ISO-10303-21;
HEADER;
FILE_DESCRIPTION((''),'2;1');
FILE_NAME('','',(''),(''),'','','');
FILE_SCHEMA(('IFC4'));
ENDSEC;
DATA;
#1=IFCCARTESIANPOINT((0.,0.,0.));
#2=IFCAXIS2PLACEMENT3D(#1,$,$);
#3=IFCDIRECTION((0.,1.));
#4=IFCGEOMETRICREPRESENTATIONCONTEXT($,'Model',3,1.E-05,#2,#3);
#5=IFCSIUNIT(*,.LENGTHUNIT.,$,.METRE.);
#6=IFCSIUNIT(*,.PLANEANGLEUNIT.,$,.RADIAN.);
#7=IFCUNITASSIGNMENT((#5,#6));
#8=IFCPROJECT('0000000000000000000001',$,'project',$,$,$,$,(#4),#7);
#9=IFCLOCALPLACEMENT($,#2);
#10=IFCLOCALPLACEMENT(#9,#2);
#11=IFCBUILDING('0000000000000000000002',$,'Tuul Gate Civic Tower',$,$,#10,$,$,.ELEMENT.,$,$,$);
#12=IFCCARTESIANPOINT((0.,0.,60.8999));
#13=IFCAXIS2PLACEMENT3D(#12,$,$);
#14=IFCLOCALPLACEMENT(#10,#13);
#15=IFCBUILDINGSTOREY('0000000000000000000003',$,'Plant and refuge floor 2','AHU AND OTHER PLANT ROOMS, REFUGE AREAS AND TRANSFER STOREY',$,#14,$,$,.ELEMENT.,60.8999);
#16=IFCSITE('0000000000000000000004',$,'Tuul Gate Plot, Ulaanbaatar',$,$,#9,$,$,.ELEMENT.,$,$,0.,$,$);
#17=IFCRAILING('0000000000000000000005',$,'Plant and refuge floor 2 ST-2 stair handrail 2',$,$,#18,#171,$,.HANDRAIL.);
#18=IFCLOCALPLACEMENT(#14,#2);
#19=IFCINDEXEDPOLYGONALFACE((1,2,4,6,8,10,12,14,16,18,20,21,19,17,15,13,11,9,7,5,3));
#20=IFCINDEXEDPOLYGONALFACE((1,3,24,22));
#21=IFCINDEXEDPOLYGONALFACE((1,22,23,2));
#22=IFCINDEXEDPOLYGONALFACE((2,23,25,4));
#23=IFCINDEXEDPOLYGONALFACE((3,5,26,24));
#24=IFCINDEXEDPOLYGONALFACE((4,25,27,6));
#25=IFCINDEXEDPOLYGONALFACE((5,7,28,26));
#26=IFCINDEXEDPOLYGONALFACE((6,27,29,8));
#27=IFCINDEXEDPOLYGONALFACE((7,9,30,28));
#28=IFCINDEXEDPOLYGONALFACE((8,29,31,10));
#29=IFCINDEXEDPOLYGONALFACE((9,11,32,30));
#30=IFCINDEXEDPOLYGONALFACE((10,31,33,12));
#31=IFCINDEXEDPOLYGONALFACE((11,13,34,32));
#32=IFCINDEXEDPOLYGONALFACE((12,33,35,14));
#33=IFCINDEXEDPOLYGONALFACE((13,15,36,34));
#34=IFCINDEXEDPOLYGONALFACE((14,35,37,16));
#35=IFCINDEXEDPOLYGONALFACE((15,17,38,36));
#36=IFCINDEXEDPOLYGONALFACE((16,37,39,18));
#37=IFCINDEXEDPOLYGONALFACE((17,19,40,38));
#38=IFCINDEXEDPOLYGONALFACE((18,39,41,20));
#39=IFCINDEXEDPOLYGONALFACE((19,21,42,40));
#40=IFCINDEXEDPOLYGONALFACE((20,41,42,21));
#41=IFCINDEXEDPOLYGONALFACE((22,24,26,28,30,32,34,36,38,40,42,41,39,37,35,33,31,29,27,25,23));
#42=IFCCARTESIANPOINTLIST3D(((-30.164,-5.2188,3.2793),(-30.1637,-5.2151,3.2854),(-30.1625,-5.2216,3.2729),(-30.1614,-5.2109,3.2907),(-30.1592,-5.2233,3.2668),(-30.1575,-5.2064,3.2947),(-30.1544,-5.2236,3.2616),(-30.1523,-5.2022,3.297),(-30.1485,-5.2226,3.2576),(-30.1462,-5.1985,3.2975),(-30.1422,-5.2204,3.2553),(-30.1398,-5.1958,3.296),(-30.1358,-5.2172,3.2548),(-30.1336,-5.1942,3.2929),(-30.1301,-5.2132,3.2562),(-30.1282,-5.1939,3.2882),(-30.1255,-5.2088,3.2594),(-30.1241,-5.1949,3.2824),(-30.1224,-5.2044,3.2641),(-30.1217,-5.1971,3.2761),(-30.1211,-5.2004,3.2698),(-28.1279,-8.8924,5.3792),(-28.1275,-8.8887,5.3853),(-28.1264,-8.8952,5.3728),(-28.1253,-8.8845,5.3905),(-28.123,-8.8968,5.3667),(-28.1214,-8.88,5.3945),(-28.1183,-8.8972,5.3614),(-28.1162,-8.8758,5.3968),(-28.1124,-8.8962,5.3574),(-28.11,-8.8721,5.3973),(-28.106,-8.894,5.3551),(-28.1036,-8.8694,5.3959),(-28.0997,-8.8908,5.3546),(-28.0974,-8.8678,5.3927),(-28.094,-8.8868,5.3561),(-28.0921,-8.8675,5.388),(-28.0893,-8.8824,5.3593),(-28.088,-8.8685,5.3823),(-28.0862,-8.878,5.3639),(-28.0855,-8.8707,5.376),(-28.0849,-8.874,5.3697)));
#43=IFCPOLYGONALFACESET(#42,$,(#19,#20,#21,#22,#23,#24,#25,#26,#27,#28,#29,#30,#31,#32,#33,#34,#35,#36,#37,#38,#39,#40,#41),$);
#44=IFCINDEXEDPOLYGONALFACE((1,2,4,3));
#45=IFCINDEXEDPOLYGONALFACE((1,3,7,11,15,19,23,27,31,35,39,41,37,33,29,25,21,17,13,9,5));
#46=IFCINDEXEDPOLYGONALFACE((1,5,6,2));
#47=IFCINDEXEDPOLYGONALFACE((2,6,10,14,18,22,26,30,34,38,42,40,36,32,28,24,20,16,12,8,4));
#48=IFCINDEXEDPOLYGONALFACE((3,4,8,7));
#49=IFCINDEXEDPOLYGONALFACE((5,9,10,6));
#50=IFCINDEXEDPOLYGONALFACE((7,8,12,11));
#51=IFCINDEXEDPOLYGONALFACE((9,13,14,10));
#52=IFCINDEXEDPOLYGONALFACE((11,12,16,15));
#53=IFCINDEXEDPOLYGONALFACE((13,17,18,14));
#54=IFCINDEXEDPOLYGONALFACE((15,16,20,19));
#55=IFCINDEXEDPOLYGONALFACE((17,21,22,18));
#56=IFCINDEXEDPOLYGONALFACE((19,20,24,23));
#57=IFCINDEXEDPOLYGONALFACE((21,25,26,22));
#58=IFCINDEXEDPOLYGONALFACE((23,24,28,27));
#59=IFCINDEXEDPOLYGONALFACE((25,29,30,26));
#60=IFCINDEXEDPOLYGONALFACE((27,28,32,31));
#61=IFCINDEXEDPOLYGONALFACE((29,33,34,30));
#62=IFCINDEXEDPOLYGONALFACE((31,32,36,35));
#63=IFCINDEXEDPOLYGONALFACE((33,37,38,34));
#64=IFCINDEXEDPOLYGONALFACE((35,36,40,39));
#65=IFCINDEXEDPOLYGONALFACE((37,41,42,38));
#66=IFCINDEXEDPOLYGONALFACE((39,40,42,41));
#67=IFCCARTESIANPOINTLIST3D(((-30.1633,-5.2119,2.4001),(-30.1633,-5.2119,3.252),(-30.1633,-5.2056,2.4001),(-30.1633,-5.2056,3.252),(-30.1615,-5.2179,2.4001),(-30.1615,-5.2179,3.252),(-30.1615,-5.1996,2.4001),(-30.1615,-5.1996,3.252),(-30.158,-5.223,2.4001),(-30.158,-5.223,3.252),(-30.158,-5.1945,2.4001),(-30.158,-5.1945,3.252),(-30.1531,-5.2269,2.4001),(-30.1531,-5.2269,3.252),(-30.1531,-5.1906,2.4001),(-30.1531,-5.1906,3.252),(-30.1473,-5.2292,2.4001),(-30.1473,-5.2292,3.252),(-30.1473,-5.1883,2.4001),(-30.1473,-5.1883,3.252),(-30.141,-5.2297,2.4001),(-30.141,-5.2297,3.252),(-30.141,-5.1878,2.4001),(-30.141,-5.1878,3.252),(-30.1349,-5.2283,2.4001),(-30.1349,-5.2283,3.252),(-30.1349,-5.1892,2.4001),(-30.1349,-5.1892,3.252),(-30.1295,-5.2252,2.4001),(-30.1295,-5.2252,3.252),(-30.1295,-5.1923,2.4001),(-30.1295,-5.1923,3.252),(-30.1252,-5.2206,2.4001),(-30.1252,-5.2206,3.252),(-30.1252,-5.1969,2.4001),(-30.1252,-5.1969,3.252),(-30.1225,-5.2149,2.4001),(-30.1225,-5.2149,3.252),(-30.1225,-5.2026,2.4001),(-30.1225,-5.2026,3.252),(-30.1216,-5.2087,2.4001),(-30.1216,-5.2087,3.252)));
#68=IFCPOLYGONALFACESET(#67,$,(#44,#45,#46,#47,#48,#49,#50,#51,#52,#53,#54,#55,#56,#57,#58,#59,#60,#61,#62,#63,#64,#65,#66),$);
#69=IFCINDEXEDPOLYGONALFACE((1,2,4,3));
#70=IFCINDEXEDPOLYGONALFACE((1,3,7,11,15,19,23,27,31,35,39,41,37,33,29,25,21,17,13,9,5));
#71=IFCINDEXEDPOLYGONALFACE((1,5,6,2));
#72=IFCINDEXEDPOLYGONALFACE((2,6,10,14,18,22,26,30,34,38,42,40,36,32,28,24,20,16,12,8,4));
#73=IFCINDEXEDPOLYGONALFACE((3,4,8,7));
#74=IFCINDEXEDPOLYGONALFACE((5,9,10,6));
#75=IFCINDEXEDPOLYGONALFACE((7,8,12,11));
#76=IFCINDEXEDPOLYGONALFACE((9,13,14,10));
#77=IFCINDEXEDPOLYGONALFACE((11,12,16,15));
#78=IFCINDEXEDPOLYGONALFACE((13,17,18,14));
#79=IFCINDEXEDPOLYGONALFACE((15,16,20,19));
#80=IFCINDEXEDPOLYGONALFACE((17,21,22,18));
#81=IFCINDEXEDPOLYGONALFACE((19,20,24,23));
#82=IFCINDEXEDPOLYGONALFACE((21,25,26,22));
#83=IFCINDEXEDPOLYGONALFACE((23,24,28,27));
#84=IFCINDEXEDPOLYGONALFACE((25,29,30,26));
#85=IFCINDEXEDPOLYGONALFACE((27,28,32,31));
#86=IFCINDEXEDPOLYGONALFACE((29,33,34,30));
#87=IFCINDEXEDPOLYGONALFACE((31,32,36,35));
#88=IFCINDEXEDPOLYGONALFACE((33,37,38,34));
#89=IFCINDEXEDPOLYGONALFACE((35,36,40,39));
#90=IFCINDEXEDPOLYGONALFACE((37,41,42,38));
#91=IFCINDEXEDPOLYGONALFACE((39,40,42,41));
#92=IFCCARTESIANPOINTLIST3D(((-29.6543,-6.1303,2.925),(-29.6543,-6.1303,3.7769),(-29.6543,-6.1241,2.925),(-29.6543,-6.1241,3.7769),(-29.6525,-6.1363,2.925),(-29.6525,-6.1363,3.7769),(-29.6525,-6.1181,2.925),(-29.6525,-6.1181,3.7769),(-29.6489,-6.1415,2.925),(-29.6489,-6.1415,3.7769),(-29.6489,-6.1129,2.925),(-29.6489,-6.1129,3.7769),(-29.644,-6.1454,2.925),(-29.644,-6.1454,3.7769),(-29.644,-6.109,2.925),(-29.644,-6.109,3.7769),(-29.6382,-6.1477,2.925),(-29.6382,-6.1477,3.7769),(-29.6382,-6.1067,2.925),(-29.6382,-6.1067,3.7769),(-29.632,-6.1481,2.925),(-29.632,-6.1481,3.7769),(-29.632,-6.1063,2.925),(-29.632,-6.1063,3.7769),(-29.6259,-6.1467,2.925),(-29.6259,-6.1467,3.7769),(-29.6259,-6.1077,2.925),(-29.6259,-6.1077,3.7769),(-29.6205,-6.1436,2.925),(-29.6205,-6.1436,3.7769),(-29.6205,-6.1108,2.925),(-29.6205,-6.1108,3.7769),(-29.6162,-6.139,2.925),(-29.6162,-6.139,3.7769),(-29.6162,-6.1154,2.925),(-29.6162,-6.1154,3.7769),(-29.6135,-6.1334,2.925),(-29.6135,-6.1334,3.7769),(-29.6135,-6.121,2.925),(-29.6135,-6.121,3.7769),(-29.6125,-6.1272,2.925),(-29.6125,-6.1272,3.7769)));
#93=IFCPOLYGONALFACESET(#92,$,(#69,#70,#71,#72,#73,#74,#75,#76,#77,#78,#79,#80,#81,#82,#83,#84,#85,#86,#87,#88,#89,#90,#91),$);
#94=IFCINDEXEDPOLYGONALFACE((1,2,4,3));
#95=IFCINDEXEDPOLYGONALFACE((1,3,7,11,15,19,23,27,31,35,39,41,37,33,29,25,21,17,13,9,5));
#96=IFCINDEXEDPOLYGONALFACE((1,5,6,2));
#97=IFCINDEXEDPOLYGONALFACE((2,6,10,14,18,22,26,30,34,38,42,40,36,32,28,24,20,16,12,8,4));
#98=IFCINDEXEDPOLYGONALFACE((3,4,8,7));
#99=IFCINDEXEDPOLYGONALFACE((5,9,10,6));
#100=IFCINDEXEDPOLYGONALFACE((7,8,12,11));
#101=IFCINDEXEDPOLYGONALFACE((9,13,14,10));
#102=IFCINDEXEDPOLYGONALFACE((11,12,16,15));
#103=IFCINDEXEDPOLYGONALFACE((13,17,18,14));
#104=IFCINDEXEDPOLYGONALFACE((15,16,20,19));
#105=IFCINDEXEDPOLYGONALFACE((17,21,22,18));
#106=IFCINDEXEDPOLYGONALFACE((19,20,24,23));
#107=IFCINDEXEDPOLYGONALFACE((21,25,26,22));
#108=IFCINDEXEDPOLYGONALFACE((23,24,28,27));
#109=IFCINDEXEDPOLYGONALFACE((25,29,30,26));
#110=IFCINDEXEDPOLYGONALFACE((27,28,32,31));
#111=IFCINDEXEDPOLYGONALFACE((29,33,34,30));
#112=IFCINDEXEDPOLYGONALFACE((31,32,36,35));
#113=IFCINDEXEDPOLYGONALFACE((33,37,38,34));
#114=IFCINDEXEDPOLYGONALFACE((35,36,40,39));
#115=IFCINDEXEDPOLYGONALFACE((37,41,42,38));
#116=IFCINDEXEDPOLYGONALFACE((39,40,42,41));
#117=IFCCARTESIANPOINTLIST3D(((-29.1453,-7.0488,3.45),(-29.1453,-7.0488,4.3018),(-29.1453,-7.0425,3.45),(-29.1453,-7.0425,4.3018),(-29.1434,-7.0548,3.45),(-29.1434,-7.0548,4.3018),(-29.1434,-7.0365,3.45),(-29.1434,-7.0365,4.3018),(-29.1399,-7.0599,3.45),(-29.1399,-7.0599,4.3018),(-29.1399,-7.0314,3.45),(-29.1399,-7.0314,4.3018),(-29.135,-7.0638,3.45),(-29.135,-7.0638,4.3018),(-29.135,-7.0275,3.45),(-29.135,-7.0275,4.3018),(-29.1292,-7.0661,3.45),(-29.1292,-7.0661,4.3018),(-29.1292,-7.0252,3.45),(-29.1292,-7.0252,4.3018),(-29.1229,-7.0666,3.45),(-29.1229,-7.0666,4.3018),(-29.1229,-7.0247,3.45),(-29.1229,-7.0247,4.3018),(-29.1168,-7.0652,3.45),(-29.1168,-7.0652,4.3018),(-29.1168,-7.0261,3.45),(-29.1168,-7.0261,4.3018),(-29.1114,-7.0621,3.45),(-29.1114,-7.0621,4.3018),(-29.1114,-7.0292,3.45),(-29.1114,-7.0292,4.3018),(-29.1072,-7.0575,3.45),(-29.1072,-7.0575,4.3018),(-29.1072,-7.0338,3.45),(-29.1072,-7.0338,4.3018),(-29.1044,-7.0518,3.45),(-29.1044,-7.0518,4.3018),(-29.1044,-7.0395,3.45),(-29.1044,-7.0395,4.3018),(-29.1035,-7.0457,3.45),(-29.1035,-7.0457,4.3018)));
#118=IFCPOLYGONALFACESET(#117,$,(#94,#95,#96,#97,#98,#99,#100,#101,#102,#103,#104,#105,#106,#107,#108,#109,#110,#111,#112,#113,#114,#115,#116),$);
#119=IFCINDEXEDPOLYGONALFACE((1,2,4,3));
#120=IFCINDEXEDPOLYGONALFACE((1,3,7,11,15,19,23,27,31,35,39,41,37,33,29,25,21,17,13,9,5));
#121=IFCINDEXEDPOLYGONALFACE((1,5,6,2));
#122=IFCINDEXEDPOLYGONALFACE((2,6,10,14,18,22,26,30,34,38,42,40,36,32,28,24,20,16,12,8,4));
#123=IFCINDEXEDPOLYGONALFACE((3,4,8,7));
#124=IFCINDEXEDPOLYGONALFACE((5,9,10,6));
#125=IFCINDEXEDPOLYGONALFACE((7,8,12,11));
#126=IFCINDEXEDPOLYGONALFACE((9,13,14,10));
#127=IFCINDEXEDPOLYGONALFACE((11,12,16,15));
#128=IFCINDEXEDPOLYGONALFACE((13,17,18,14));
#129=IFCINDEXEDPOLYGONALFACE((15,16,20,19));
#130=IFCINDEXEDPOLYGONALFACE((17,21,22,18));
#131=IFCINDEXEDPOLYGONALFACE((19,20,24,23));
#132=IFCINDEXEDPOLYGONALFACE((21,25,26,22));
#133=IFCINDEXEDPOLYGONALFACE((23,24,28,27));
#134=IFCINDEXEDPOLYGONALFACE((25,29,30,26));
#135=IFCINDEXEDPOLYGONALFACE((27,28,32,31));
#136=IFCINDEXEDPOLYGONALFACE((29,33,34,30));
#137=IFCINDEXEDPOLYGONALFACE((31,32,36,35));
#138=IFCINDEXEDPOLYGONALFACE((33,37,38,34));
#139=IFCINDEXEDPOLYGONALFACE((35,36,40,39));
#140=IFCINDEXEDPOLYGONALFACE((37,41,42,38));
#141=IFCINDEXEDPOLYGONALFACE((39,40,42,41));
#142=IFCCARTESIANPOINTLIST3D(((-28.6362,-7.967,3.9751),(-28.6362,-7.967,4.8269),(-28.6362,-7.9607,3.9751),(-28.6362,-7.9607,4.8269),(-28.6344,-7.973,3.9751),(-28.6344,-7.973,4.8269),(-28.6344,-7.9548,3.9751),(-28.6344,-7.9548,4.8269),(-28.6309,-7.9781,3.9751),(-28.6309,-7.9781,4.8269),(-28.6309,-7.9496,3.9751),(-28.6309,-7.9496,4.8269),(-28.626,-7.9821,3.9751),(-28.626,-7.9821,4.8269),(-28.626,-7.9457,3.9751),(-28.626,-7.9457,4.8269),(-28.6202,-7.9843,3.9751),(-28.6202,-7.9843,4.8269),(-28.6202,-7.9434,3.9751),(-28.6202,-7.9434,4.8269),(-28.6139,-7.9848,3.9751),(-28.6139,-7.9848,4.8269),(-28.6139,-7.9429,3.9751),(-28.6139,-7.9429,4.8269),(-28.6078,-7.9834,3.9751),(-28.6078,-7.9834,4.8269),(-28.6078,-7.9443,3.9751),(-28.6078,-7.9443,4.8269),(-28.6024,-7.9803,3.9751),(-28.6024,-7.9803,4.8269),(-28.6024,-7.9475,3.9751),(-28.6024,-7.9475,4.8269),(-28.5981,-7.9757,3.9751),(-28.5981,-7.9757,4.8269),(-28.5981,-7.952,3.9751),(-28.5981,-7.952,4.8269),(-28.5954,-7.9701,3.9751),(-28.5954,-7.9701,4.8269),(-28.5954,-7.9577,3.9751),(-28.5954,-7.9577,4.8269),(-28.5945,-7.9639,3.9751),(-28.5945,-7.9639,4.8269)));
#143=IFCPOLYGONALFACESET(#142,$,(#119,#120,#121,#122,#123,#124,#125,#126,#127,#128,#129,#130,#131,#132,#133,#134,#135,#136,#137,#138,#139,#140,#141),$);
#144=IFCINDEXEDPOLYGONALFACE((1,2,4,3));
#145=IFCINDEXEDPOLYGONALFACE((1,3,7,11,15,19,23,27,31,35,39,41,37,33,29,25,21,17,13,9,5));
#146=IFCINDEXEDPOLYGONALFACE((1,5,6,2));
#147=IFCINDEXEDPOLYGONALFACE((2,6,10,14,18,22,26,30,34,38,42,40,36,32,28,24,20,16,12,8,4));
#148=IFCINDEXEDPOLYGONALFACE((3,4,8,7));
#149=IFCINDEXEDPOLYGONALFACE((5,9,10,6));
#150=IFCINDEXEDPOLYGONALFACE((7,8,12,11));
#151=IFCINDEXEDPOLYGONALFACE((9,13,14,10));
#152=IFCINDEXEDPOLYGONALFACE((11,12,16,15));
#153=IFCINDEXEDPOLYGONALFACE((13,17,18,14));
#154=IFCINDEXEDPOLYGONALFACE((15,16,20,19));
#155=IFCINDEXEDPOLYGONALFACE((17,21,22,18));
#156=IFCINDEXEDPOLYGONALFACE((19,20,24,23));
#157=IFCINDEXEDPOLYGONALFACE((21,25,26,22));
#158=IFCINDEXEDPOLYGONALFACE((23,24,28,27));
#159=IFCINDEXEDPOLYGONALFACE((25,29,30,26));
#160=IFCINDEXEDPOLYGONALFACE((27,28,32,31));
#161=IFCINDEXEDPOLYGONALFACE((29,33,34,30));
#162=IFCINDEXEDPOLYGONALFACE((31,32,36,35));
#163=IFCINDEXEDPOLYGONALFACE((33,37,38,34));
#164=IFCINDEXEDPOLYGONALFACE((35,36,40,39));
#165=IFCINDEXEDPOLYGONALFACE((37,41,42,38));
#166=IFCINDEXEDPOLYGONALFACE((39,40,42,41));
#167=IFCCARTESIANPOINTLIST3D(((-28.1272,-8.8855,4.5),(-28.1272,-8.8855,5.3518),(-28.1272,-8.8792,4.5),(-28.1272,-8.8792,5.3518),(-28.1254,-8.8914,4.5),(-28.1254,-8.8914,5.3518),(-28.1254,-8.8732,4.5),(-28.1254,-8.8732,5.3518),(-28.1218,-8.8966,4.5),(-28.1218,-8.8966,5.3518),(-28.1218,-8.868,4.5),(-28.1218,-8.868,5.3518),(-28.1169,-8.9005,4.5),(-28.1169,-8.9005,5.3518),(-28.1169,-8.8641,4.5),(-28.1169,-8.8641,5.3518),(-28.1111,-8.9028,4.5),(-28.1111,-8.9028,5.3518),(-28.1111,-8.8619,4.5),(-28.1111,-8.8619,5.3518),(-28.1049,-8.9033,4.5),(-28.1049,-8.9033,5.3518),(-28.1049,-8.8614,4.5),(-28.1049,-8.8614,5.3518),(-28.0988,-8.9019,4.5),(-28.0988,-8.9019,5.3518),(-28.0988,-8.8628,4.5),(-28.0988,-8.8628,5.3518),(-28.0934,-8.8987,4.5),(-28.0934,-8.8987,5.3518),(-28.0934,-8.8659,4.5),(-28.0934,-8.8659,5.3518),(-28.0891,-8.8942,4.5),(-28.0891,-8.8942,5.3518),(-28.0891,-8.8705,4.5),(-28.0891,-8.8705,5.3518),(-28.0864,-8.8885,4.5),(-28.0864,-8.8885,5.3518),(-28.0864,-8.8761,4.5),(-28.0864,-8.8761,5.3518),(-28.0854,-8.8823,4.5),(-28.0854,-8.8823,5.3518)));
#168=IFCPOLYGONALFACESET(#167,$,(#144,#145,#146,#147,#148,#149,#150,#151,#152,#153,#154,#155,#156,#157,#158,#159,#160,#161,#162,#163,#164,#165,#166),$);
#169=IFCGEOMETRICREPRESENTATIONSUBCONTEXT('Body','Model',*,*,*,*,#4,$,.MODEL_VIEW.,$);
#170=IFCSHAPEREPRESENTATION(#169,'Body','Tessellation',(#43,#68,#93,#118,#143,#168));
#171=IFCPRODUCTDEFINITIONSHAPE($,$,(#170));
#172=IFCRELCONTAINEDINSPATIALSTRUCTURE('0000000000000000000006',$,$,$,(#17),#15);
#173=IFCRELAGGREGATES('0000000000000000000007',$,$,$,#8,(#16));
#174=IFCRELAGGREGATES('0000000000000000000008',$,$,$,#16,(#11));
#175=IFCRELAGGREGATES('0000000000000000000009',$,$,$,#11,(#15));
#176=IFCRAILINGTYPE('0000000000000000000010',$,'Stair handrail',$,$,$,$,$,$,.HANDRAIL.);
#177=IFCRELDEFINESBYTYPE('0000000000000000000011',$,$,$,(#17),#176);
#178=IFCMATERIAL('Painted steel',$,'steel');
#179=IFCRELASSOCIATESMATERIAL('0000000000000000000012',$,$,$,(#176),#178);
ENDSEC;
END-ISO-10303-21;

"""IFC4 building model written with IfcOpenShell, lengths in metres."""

from ifc_helpers import new_model, si_unit, direction, frame, origin, origin_2d, place, context, subcontext, project, spatial, circle, extrude, material, type_object, element, save


model = new_model("IFC4")

# Units and contexts
model_context = context("Model", 3, precision=1e-05, world=origin(), true_north=direction((0.0, 1.0)))
body_context = subcontext(model_context, "Body", "Model", "MODEL_VIEW")
ifc_project = project(units=[si_unit("LENGTHUNIT", "METRE"), si_unit("PLANEANGLEUNIT", "RADIAN")], contexts=[model_context])

# Site, building, storey
site_placement = place(None, origin())
site = spatial("IfcSite", under=ifc_project, at=site_placement, Name="Tuul Gate Plot, Ulaanbaatar", CompositionType="ELEMENT", RefElevation=0.0)
building_placement = place(site_placement, origin())
building = spatial("IfcBuilding", under=site, at=building_placement, Name="Tuul Gate Civic Tower", CompositionType="ELEMENT")
storey_placement = place(building_placement, frame((0.0, 0.0, 60.8999)))
storey = spatial("IfcBuildingStorey", under=building, at=storey_placement, Name="Plant and refuge floor 2", Description="AHU AND OTHER PLANT ROOMS, REFUGE AREAS AND TRANSFER STOREY", CompositionType="ELEMENT", Elevation=60.8999)

# Railing
ifc_material_1 = material(Name="Painted steel", Category="steel")
railing_type_1 = type_object("IfcRailingType", Name="Stair handrail", PredefinedType="HANDRAIL", material=ifc_material_1)
railing_1_placement = place(storey_placement, frame((-30.1426, -5.2087, 2.4001)))
element("IfcRailing", 1, at=railing_1_placement, inside=storey, type_object=railing_type_1, Name="Plant and refuge floor 2 ST-2 stair handrail 2", PredefinedType="HANDRAIL", context=body_context, shape_type="SweptSolid", body=[
    extrude(circle(Radius=0.0239, at=origin_2d()), frame((0.0, 0.0, 0.876), z_axis=(0.433608, -0.782314, 0.447178), x_axis=(0.874637, 0.484779, 0.0)), (0.0, 0.0, 1.0), 4.6958),
    extrude(circle(Radius=0.021, at=origin_2d()), origin(), (0.0, 0.0, 1.0), 0.8518),
    extrude(circle(Radius=0.021, at=origin_2d()), frame((0.509, -0.9185, 0.5249)), (0.0, 0.0, 1.0), 0.8518),
    extrude(circle(Radius=0.021, at=origin_2d()), frame((1.0181, -1.8369, 1.0498)), (0.0, 0.0, 1.0), 0.8518),
    extrude(circle(Radius=0.021, at=origin_2d()), frame((1.5271, -2.7551, 1.575)), (0.0, 0.0, 1.0), 0.8518),
    extrude(circle(Radius=0.021, at=origin_2d()), frame((2.0361, -3.6736, 2.0999)), (0.0, 0.0, 1.0), 0.8518),
])

save(model, "model.ifc")
